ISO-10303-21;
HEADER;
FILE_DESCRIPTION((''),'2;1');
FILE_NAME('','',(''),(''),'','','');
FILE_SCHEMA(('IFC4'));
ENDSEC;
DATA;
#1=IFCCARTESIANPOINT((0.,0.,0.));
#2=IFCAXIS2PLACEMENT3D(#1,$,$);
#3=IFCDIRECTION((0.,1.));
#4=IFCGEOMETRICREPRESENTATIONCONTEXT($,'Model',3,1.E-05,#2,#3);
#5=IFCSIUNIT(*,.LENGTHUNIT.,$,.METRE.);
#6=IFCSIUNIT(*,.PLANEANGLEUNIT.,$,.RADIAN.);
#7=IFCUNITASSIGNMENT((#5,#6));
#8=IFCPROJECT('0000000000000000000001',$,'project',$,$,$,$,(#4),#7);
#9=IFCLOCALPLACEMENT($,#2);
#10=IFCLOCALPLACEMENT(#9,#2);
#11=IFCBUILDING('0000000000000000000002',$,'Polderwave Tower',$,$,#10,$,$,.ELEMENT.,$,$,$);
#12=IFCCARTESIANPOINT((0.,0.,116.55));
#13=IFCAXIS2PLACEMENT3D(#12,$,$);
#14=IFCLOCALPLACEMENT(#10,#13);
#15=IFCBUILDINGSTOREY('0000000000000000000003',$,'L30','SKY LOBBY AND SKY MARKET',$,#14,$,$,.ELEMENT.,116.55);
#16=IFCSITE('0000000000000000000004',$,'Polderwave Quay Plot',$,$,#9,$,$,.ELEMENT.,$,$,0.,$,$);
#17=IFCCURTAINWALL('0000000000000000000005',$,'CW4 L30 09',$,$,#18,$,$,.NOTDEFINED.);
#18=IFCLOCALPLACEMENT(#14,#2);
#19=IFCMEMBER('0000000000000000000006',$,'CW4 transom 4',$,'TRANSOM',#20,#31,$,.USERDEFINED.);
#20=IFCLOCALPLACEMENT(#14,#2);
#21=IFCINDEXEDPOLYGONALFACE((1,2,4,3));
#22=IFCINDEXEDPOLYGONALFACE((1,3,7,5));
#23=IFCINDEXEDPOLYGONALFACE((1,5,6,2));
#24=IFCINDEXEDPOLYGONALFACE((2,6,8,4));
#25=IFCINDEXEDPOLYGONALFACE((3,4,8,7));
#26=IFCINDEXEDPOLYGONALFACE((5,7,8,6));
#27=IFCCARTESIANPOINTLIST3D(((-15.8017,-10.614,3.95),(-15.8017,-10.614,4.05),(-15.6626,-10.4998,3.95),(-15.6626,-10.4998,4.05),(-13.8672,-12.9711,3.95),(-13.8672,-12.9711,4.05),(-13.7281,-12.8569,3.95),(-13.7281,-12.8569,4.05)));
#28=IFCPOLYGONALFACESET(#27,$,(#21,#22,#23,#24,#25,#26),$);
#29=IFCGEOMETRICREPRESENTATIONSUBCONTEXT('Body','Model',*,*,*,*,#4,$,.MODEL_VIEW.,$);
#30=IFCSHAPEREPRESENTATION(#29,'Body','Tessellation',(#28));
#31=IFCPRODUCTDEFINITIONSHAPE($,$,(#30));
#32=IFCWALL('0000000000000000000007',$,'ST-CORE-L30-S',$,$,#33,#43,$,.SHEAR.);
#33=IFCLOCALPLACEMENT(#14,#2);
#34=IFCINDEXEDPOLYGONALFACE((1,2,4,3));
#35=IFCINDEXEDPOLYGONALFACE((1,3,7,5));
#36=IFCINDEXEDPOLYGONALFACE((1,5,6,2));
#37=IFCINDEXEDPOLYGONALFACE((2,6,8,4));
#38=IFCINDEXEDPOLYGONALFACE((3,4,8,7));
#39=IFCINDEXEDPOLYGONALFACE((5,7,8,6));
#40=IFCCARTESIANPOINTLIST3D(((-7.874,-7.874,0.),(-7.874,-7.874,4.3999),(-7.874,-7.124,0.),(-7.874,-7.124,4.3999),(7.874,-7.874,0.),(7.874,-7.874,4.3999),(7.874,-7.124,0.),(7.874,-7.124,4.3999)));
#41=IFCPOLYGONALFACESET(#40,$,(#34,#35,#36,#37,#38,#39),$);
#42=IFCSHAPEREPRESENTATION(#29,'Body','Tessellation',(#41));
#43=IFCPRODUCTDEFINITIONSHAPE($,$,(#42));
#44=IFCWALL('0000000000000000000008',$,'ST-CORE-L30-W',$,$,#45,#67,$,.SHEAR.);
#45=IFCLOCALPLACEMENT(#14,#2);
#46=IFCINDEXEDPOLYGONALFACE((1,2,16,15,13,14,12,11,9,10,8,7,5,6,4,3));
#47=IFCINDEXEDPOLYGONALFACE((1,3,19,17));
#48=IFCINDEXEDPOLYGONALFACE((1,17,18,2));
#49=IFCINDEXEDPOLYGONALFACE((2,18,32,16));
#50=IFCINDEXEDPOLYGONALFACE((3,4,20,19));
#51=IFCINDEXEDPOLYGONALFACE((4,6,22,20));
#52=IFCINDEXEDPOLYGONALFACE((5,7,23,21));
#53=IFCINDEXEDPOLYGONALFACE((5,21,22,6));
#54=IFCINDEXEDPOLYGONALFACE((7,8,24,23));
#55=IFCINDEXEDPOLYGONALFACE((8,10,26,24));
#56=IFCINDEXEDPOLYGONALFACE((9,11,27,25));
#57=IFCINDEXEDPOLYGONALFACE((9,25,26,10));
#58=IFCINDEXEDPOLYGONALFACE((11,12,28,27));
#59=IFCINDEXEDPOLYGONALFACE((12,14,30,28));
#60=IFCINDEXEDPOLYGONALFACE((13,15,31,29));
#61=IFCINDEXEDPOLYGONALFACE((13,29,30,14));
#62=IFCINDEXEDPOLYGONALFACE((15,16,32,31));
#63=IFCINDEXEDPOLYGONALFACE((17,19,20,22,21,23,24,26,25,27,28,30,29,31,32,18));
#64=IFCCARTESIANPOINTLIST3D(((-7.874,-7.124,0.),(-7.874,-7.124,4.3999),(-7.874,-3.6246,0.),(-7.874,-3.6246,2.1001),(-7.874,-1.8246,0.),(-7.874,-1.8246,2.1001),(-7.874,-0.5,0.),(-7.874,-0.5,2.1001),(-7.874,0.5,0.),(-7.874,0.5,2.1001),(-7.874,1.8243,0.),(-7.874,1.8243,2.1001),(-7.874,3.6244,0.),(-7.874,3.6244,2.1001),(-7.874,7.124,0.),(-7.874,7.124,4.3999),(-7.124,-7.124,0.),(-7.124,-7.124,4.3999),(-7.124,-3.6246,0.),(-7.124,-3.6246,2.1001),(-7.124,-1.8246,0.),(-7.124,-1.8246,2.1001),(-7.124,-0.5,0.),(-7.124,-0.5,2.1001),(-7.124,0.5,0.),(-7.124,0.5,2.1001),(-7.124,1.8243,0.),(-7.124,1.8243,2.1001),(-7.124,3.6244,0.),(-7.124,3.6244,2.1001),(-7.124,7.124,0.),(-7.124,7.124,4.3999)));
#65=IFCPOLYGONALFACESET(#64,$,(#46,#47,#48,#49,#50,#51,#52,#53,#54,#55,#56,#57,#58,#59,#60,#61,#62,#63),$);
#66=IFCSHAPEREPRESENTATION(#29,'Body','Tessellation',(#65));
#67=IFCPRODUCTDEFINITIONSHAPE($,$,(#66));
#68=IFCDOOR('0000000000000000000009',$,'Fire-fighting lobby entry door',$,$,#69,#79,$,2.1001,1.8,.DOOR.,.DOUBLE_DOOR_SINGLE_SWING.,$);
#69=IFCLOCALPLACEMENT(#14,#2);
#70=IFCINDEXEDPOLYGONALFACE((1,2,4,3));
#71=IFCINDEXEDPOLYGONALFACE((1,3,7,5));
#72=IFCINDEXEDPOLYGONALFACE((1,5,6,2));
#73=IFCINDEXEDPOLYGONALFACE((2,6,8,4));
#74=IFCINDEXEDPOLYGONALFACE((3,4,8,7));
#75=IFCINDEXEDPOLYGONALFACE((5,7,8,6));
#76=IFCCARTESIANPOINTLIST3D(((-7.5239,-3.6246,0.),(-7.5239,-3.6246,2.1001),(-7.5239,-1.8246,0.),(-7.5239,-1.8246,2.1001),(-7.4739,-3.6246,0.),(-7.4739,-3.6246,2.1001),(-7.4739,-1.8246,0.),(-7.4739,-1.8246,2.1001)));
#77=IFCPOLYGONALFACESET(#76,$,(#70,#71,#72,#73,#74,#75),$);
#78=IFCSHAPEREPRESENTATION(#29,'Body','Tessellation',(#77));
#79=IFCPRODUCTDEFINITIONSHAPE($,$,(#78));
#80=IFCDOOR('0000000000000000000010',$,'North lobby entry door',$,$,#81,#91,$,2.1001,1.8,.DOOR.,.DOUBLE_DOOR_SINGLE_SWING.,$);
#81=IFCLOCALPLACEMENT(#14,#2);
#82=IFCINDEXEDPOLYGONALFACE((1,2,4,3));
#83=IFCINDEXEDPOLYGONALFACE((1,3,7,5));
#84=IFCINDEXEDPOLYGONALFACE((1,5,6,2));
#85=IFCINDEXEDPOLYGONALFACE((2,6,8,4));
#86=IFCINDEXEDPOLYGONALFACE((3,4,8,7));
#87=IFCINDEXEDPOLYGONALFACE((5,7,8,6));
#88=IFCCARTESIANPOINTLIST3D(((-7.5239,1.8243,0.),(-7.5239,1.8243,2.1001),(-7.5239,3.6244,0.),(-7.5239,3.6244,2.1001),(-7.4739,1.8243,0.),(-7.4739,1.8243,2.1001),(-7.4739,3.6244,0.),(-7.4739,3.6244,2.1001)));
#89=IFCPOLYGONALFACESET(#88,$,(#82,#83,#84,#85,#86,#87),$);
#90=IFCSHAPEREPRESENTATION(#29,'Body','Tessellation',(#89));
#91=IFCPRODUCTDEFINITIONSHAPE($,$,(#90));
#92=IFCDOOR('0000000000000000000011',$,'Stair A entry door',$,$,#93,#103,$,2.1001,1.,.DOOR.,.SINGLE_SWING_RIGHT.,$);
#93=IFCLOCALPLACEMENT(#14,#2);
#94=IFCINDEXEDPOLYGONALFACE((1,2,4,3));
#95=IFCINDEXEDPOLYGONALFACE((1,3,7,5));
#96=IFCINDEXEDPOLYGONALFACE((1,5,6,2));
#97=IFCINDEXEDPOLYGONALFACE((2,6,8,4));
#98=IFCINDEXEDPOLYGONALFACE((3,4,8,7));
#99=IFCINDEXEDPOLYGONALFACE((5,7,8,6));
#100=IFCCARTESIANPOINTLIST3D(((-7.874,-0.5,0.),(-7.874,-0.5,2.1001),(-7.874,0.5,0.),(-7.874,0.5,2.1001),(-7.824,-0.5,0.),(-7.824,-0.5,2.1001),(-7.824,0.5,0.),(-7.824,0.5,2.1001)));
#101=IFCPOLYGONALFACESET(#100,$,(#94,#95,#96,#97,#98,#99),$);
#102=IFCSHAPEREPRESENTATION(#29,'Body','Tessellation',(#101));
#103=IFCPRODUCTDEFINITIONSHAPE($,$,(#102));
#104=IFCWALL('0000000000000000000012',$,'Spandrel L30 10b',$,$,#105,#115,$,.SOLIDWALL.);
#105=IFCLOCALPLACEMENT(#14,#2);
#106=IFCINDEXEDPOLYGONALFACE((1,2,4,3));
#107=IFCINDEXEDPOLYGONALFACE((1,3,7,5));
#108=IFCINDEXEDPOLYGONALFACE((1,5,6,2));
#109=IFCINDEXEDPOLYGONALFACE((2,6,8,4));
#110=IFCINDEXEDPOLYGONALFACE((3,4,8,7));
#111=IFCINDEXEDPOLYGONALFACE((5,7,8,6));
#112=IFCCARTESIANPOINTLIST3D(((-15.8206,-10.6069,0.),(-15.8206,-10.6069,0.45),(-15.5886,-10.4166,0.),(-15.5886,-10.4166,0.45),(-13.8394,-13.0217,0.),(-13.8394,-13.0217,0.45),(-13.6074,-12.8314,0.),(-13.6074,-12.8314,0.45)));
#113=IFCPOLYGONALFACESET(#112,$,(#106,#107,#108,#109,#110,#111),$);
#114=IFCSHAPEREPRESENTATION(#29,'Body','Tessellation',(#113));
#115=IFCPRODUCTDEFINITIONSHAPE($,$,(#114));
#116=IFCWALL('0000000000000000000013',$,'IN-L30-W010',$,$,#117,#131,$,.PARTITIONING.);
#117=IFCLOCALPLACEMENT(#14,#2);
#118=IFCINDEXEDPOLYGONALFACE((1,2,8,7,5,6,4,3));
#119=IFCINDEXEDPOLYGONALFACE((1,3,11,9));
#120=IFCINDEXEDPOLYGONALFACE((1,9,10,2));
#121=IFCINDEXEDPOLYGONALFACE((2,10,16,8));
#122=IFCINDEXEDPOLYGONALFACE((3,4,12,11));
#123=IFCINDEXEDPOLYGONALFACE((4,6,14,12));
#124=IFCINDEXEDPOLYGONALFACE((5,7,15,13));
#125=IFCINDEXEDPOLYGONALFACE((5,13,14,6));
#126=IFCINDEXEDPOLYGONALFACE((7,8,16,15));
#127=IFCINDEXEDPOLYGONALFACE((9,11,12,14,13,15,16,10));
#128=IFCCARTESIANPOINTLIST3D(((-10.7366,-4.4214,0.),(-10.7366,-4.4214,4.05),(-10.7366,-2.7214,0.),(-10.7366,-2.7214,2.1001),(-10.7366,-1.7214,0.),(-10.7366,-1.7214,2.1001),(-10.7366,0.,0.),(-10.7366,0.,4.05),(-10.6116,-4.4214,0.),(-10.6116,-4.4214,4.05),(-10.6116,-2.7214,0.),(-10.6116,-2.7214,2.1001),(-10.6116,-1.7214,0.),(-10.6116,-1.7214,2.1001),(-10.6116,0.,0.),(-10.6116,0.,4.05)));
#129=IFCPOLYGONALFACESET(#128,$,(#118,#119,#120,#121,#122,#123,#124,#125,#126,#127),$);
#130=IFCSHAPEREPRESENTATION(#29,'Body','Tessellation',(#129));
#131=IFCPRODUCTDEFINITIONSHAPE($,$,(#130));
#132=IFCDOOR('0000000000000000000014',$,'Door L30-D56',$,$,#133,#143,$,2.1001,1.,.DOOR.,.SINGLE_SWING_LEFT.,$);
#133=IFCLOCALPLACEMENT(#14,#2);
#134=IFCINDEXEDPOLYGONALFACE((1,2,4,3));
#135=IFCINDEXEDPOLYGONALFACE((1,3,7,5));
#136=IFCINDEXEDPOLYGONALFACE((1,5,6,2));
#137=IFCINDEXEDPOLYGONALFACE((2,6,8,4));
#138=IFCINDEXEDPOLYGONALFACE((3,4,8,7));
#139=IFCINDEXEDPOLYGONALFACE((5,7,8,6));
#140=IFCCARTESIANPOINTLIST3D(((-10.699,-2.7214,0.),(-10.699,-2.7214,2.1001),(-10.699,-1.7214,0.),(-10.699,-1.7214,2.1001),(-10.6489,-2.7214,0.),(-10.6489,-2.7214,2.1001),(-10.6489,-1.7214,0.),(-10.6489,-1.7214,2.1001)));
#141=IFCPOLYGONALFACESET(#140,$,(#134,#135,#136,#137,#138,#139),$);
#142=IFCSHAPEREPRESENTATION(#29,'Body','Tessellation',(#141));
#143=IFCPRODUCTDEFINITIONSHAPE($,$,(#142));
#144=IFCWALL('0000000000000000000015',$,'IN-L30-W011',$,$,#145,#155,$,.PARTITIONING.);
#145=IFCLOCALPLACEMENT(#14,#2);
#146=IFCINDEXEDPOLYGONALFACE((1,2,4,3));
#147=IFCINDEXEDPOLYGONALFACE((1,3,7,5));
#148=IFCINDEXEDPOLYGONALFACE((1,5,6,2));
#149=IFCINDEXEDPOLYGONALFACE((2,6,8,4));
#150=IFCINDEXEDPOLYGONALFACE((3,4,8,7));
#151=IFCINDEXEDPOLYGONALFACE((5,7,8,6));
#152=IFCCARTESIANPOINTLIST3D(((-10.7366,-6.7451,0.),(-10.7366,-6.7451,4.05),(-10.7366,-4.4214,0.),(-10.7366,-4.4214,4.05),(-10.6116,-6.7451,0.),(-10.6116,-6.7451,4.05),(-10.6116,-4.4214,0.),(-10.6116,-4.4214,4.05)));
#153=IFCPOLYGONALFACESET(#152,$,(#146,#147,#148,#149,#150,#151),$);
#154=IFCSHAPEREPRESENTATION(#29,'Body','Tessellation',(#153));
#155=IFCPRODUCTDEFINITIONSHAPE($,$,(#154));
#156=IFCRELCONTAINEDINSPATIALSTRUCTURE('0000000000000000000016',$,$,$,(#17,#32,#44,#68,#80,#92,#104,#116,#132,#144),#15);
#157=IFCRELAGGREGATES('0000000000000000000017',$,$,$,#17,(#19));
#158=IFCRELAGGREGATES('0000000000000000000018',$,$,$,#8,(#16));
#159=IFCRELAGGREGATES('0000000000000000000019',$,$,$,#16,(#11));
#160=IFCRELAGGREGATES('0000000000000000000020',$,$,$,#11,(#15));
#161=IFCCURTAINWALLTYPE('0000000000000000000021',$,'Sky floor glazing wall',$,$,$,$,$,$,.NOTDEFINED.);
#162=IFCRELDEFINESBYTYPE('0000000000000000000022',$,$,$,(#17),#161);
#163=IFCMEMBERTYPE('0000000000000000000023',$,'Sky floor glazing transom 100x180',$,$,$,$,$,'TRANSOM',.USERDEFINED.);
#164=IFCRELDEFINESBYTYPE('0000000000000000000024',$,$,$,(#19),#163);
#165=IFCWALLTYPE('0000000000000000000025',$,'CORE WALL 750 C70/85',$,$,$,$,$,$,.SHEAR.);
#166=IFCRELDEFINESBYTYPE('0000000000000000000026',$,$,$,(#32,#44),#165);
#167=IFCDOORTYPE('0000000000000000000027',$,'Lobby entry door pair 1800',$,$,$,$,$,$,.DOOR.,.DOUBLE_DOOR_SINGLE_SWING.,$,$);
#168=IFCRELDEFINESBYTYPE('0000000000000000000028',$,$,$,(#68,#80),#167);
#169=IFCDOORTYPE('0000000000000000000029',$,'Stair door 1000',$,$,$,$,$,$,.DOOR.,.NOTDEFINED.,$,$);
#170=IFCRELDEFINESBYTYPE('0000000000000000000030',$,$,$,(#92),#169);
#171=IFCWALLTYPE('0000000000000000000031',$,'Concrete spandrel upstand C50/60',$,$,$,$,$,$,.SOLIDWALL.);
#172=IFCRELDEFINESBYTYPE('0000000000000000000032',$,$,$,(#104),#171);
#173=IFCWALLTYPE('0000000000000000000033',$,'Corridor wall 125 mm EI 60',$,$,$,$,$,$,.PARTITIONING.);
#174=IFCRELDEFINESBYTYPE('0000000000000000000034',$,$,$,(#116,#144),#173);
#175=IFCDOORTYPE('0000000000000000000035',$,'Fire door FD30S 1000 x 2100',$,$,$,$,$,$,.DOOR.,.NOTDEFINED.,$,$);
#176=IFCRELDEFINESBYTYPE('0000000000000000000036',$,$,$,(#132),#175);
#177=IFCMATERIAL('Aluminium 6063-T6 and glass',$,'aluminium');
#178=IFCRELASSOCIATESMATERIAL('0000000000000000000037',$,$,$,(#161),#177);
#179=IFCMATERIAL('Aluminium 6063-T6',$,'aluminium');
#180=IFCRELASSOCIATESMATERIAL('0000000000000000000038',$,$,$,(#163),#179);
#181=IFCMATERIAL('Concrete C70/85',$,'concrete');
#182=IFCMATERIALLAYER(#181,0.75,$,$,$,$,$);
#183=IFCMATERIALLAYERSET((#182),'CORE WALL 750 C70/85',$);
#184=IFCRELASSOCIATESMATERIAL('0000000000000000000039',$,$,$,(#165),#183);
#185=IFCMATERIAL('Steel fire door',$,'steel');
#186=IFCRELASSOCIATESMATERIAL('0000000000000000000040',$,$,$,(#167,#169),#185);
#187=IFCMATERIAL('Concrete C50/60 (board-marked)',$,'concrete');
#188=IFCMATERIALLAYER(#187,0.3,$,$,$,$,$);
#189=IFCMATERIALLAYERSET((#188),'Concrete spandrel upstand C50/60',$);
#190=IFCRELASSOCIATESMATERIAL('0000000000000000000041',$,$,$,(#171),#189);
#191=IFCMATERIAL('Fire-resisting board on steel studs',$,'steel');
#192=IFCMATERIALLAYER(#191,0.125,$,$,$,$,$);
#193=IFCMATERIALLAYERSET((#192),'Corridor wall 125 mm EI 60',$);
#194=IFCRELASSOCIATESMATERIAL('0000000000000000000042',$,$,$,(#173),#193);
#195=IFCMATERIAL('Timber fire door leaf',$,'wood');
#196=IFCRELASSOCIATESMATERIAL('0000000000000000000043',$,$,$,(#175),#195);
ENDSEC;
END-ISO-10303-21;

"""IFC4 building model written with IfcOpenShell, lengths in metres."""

from ifc_helpers import new_model, si_unit, direction, frame, frame_2d, origin, origin_2d, place, context, subcontext, project, spatial, rectangle, extrude, material, layer, layer_set, material_profile, profile_set, type_object, element, fill, aggregate, save


model = new_model("IFC4")

# Units and contexts
model_context = context("Model", 3, precision=1e-05, world=origin(), true_north=direction((0.0, 1.0)))
body_context = subcontext(model_context, "Body", "Model", "MODEL_VIEW")
ifc_project = project(units=[si_unit("LENGTHUNIT", "METRE"), si_unit("PLANEANGLEUNIT", "RADIAN")], contexts=[model_context])

# Site, building, storey
site_placement = place(None, origin())
site = spatial("IfcSite", under=ifc_project, at=site_placement, Name="Polderwave Quay Plot", CompositionType="ELEMENT", RefElevation=0.0)
building_placement = place(site_placement, origin())
building = spatial("IfcBuilding", under=site, at=building_placement, Name="Polderwave Tower", CompositionType="ELEMENT")
storey_placement = place(building_placement, frame((0.0, 0.0, 116.55)))
storey = spatial("IfcBuildingStorey", under=building, at=storey_placement, Name="L30", Description="SKY LOBBY AND SKY MARKET", CompositionType="ELEMENT", Elevation=116.55)

# Curtain wall, member
ifc_material_1 = material(Name="Aluminium 6063-T6 and glass", Category="aluminium")
curtain_wall_type = type_object("IfcCurtainWallType", Name="Sky floor glazing wall", PredefinedType="NOTDEFINED", material=ifc_material_1)
curtain_wall_placement = place(storey_placement, origin())
curtain_wall = element("IfcCurtainWall", 1, at=curtain_wall_placement, inside=storey, type_object=curtain_wall_type, Name="CW4 L30 09", PredefinedType="NOTDEFINED")
ifc_material_2 = material(Name="Aluminium 6063-T6", Category="aluminium")
ifc_material_profile = material_profile(ifc_material_2, rectangle(XDim=0.1799, YDim=0.1001, at=origin_2d()), Name="AL 100x180")
ifc_profile_set = profile_set([ifc_material_profile], Name="Aluminium 6063-T6")
member_type = type_object("IfcMemberType", Name="Sky floor glazing transom 100x180", ElementType="TRANSOM", PredefinedType="USERDEFINED", material=ifc_profile_set)
member_placement = place(storey_placement, frame((-15.7322, -10.5569, 4.0), z_axis=(0.63441, -0.772997, 0.0), x_axis=(0.772997, 0.63441, 0.0)))
member = element("IfcMember", 2, at=member_placement, type_object=member_type, Name="CW4 transom 4", ObjectType="TRANSOM", PredefinedType="USERDEFINED", context=body_context, shape_type="SweptSolid", body=[
    extrude(rectangle(XDim=0.1799, YDim=0.1001, at=origin_2d()), origin(), (0.0, 0.0, 1.0), 3.0493),
])
aggregate(curtain_wall, [member])

# Wall
ifc_material_3 = material(Name="Concrete C70/85", Category="concrete")
ifc_layer_1 = layer(ifc_material_3, 0.75)
ifc_layer_set_1 = layer_set([ifc_layer_1], Name="CORE WALL 750 C70/85")
wall_type_1 = type_object("IfcWallType", Name="CORE WALL 750 C70/85", PredefinedType="SHEAR", material=ifc_layer_set_1)
wall_1_placement = place(storey_placement, frame((-7.874, -7.499, 0.0), z_axis=(0.0, 0.0, 1.0), x_axis=(1.0, 0.0, 0.0)))
element("IfcWall", 3, at=wall_1_placement, inside=storey, type_object=wall_type_1, Name="ST-CORE-L30-S", PredefinedType="SHEAR", context=body_context, shape_type="SweptSolid", body=[
    extrude(rectangle(XDim=15.748, YDim=0.75, at=frame_2d((7.874, 0.0))), origin(), (0.0, 0.0, 1.0), 4.3999),
])

# Wall, openings, doors
wall_2_placement = place(storey_placement, frame((-7.499, -7.124, 0.0), z_axis=(0.0, 0.0, 1.0), x_axis=(0.0, 1.0, 0.0)))
wall_2 = element("IfcWall", 4, at=wall_2_placement, inside=storey, type_object=wall_type_1, Name="ST-CORE-L30-W", PredefinedType="SHEAR", context=body_context, shape_type="SweptSolid", body=[
    extrude(rectangle(XDim=14.248, YDim=0.75, at=frame_2d((7.124, 0.0))), origin(), (0.0, 0.0, 1.0), 4.3999),
])
opening_1_placement = place(wall_2_placement, frame((6.624, 0.0, 0.0)))
opening_1 = element("IfcOpeningElement", 5, at=opening_1_placement, cuts=wall_2, PredefinedType="OPENING", context=body_context, shape_type="SweptSolid", body=[
    extrude(rectangle(XDim=1.0, YDim=2.1001, at=frame_2d((0.5, 1.05))), frame((0.0, 0.385, 0.0), z_axis=(0.0, -1.0, 0.0), x_axis=(1.0, 0.0, 0.0)), (0.0, 0.0, 1.0), 0.77),
])
opening_2_placement = place(wall_2_placement, frame((3.4995, 0.0, 0.0)))
opening_2 = element("IfcOpeningElement", 6, at=opening_2_placement, cuts=wall_2, PredefinedType="OPENING", context=body_context, shape_type="SweptSolid", body=[
    extrude(rectangle(XDim=1.8, YDim=2.1001, at=frame_2d((0.8999, 1.05))), frame((0.0, 0.385, 0.0), z_axis=(0.0, -1.0, 0.0), x_axis=(1.0, 0.0, 0.0)), (0.0, 0.0, 1.0), 0.77),
])
opening_3_placement = place(wall_2_placement, frame((8.9485, 0.0, 0.0)))
opening_3 = element("IfcOpeningElement", 7, at=opening_3_placement, cuts=wall_2, PredefinedType="OPENING", context=body_context, shape_type="SweptSolid", body=[
    extrude(rectangle(XDim=1.8, YDim=2.1001, at=frame_2d((0.8999, 1.05))), frame((0.0, 0.385, 0.0), z_axis=(0.0, -1.0, 0.0), x_axis=(1.0, 0.0, 0.0)), (0.0, 0.0, 1.0), 0.77),
])
ifc_material_4 = material(Name="Steel fire door", Category="steel")
door_type_1 = type_object("IfcDoorType", Name="Lobby entry door pair 1800", OperationType="DOUBLE_DOOR_SINGLE_SWING", PredefinedType="DOOR", material=ifc_material_4)
door_1_placement = place(opening_2_placement, origin())
door_1 = element("IfcDoor", 8, at=door_1_placement, inside=storey, type_object=door_type_1, Name="Fire-fighting lobby entry door", OperationType="DOUBLE_DOOR_SINGLE_SWING", OverallHeight=2.1001, OverallWidth=1.8, PredefinedType="DOOR", context=body_context, shape_type="SweptSolid", body=[
    extrude(rectangle(XDim=1.8, YDim=2.1001, at=frame_2d((0.8999, 1.05))), frame((0.0, 0.0249, 0.0), z_axis=(0.0, -1.0, 0.0), x_axis=(1.0, 0.0, 0.0)), (0.0, 0.0, 1.0), 0.05),
])
fill(opening_2, door_1)
door_2_placement = place(opening_3_placement, origin())
door_2 = element("IfcDoor", 9, at=door_2_placement, inside=storey, type_object=door_type_1, Name="North lobby entry door", OperationType="DOUBLE_DOOR_SINGLE_SWING", OverallHeight=2.1001, OverallWidth=1.8, PredefinedType="DOOR", context=body_context, shape_type="SweptSolid", body=[
    extrude(rectangle(XDim=1.8, YDim=2.1001, at=frame_2d((0.8999, 1.05))), frame((0.0, 0.0249, 0.0), z_axis=(0.0, -1.0, 0.0), x_axis=(1.0, 0.0, 0.0)), (0.0, 0.0, 1.0), 0.05),
])
fill(opening_3, door_2)
door_type_2 = type_object("IfcDoorType", Name="Stair door 1000", OperationType="NOTDEFINED", PredefinedType="DOOR", material=ifc_material_4)
door_3_placement = place(opening_1_placement, origin())
door_3 = element("IfcDoor", 10, at=door_3_placement, inside=storey, type_object=door_type_2, Name="Stair A entry door", OperationType="SINGLE_SWING_RIGHT", OverallHeight=2.1001, OverallWidth=1.0, PredefinedType="DOOR", context=body_context, shape_type="SweptSolid", body=[
    extrude(rectangle(XDim=1.0, YDim=2.1001, at=frame_2d((0.5, 1.05))), frame((0.0, 0.375, 0.0), z_axis=(0.0, -1.0, 0.0), x_axis=(1.0, 0.0, 0.0)), (0.0, 0.0, 1.0), 0.05),
])
fill(opening_1, door_3)

# Wall
ifc_material_5 = material(Name="Concrete C50/60 (board-marked)", Category="concrete")
ifc_layer_2 = layer(ifc_material_5, 0.3)
ifc_layer_set_2 = layer_set([ifc_layer_2], Name="Concrete spandrel upstand C50/60")
wall_type_2 = type_object("IfcWallType", Name="Concrete spandrel upstand C50/60", PredefinedType="SOLIDWALL", material=ifc_layer_set_2)
wall_3_placement = place(storey_placement, frame((-15.7046, -10.5117, 0.0), z_axis=(0.0, 0.0, 1.0), x_axis=(0.634284, -0.7731, 0.0)))
element("IfcWall", 11, at=wall_3_placement, inside=storey, type_object=wall_type_2, Name="Spandrel L30 10b", PredefinedType="SOLIDWALL", context=body_context, shape_type="SweptSolid", body=[
    extrude(rectangle(XDim=3.1235, YDim=0.3, at=frame_2d((1.5618, 0.0))), origin(), (0.0, 0.0, 1.0), 0.45),
])

# Wall, opening, door
ifc_material_6 = material(Name="Fire-resisting board on steel studs", Category="steel")
ifc_layer_3 = layer(ifc_material_6, 0.125)
ifc_layer_set_3 = layer_set([ifc_layer_3], Name="Corridor wall 125 mm EI 60")
wall_type_3 = type_object("IfcWallType", Name="Corridor wall 125 mm EI 60", PredefinedType="PARTITIONING", material=ifc_layer_set_3)
wall_4_placement = place(storey_placement, frame((-10.6741, -4.4214, 0.0), z_axis=(0.0, 0.0, 1.0), x_axis=(0.0, 1.0, 0.0)))
wall_4 = element("IfcWall", 12, at=wall_4_placement, inside=storey, type_object=wall_type_3, Name="IN-L30-W010", PredefinedType="PARTITIONING", context=body_context, shape_type="SweptSolid", body=[
    extrude(rectangle(XDim=4.4214, YDim=0.125, at=frame_2d((2.2107, 0.0))), origin(), (0.0, 0.0, 1.0), 4.05),
])
opening_4_placement = place(wall_4_placement, frame((1.7, 0.0, 0.0)))
opening_4 = element("IfcOpeningElement", 13, at=opening_4_placement, cuts=wall_4, PredefinedType="OPENING", context=body_context, shape_type="SweptSolid", body=[
    extrude(rectangle(XDim=1.0, YDim=2.1001, at=frame_2d((0.5, 1.05))), frame((0.0, 0.0725, 0.0), z_axis=(0.0, -1.0, 0.0), x_axis=(1.0, 0.0, 0.0)), (0.0, 0.0, 1.0), 0.145),
])
ifc_material_7 = material(Name="Timber fire door leaf", Category="wood")
door_type_3 = type_object("IfcDoorType", Name="Fire door FD30S 1000 x 2100", OperationType="NOTDEFINED", PredefinedType="DOOR", material=ifc_material_7)
door_4_placement = place(opening_4_placement, origin())
door_4 = element("IfcDoor", 14, at=door_4_placement, inside=storey, type_object=door_type_3, Name="Door L30-D56", OperationType="SINGLE_SWING_LEFT", OverallHeight=2.1001, OverallWidth=1.0, PredefinedType="DOOR", context=body_context, shape_type="SweptSolid", body=[
    extrude(rectangle(XDim=1.0, YDim=2.1001, at=frame_2d((0.5, 1.05))), frame((0.0, 0.0249, 0.0), z_axis=(0.0, -1.0, 0.0), x_axis=(1.0, 0.0, 0.0)), (0.0, 0.0, 1.0), 0.05),
])
fill(opening_4, door_4)

# Wall
wall_5_placement = place(storey_placement, frame((-10.6741, -6.7451, 0.0), z_axis=(0.0, 0.0, 1.0), x_axis=(0.0, 1.0, 0.0)))
element("IfcWall", 15, at=wall_5_placement, inside=storey, type_object=wall_type_3, Name="IN-L30-W011", PredefinedType="PARTITIONING", context=body_context, shape_type="SweptSolid", body=[
    extrude(rectangle(XDim=2.3237, YDim=0.125, at=frame_2d((1.1619, 0.0))), origin(), (0.0, 0.0, 1.0), 4.05),
])

save(model, "model.ifc")
